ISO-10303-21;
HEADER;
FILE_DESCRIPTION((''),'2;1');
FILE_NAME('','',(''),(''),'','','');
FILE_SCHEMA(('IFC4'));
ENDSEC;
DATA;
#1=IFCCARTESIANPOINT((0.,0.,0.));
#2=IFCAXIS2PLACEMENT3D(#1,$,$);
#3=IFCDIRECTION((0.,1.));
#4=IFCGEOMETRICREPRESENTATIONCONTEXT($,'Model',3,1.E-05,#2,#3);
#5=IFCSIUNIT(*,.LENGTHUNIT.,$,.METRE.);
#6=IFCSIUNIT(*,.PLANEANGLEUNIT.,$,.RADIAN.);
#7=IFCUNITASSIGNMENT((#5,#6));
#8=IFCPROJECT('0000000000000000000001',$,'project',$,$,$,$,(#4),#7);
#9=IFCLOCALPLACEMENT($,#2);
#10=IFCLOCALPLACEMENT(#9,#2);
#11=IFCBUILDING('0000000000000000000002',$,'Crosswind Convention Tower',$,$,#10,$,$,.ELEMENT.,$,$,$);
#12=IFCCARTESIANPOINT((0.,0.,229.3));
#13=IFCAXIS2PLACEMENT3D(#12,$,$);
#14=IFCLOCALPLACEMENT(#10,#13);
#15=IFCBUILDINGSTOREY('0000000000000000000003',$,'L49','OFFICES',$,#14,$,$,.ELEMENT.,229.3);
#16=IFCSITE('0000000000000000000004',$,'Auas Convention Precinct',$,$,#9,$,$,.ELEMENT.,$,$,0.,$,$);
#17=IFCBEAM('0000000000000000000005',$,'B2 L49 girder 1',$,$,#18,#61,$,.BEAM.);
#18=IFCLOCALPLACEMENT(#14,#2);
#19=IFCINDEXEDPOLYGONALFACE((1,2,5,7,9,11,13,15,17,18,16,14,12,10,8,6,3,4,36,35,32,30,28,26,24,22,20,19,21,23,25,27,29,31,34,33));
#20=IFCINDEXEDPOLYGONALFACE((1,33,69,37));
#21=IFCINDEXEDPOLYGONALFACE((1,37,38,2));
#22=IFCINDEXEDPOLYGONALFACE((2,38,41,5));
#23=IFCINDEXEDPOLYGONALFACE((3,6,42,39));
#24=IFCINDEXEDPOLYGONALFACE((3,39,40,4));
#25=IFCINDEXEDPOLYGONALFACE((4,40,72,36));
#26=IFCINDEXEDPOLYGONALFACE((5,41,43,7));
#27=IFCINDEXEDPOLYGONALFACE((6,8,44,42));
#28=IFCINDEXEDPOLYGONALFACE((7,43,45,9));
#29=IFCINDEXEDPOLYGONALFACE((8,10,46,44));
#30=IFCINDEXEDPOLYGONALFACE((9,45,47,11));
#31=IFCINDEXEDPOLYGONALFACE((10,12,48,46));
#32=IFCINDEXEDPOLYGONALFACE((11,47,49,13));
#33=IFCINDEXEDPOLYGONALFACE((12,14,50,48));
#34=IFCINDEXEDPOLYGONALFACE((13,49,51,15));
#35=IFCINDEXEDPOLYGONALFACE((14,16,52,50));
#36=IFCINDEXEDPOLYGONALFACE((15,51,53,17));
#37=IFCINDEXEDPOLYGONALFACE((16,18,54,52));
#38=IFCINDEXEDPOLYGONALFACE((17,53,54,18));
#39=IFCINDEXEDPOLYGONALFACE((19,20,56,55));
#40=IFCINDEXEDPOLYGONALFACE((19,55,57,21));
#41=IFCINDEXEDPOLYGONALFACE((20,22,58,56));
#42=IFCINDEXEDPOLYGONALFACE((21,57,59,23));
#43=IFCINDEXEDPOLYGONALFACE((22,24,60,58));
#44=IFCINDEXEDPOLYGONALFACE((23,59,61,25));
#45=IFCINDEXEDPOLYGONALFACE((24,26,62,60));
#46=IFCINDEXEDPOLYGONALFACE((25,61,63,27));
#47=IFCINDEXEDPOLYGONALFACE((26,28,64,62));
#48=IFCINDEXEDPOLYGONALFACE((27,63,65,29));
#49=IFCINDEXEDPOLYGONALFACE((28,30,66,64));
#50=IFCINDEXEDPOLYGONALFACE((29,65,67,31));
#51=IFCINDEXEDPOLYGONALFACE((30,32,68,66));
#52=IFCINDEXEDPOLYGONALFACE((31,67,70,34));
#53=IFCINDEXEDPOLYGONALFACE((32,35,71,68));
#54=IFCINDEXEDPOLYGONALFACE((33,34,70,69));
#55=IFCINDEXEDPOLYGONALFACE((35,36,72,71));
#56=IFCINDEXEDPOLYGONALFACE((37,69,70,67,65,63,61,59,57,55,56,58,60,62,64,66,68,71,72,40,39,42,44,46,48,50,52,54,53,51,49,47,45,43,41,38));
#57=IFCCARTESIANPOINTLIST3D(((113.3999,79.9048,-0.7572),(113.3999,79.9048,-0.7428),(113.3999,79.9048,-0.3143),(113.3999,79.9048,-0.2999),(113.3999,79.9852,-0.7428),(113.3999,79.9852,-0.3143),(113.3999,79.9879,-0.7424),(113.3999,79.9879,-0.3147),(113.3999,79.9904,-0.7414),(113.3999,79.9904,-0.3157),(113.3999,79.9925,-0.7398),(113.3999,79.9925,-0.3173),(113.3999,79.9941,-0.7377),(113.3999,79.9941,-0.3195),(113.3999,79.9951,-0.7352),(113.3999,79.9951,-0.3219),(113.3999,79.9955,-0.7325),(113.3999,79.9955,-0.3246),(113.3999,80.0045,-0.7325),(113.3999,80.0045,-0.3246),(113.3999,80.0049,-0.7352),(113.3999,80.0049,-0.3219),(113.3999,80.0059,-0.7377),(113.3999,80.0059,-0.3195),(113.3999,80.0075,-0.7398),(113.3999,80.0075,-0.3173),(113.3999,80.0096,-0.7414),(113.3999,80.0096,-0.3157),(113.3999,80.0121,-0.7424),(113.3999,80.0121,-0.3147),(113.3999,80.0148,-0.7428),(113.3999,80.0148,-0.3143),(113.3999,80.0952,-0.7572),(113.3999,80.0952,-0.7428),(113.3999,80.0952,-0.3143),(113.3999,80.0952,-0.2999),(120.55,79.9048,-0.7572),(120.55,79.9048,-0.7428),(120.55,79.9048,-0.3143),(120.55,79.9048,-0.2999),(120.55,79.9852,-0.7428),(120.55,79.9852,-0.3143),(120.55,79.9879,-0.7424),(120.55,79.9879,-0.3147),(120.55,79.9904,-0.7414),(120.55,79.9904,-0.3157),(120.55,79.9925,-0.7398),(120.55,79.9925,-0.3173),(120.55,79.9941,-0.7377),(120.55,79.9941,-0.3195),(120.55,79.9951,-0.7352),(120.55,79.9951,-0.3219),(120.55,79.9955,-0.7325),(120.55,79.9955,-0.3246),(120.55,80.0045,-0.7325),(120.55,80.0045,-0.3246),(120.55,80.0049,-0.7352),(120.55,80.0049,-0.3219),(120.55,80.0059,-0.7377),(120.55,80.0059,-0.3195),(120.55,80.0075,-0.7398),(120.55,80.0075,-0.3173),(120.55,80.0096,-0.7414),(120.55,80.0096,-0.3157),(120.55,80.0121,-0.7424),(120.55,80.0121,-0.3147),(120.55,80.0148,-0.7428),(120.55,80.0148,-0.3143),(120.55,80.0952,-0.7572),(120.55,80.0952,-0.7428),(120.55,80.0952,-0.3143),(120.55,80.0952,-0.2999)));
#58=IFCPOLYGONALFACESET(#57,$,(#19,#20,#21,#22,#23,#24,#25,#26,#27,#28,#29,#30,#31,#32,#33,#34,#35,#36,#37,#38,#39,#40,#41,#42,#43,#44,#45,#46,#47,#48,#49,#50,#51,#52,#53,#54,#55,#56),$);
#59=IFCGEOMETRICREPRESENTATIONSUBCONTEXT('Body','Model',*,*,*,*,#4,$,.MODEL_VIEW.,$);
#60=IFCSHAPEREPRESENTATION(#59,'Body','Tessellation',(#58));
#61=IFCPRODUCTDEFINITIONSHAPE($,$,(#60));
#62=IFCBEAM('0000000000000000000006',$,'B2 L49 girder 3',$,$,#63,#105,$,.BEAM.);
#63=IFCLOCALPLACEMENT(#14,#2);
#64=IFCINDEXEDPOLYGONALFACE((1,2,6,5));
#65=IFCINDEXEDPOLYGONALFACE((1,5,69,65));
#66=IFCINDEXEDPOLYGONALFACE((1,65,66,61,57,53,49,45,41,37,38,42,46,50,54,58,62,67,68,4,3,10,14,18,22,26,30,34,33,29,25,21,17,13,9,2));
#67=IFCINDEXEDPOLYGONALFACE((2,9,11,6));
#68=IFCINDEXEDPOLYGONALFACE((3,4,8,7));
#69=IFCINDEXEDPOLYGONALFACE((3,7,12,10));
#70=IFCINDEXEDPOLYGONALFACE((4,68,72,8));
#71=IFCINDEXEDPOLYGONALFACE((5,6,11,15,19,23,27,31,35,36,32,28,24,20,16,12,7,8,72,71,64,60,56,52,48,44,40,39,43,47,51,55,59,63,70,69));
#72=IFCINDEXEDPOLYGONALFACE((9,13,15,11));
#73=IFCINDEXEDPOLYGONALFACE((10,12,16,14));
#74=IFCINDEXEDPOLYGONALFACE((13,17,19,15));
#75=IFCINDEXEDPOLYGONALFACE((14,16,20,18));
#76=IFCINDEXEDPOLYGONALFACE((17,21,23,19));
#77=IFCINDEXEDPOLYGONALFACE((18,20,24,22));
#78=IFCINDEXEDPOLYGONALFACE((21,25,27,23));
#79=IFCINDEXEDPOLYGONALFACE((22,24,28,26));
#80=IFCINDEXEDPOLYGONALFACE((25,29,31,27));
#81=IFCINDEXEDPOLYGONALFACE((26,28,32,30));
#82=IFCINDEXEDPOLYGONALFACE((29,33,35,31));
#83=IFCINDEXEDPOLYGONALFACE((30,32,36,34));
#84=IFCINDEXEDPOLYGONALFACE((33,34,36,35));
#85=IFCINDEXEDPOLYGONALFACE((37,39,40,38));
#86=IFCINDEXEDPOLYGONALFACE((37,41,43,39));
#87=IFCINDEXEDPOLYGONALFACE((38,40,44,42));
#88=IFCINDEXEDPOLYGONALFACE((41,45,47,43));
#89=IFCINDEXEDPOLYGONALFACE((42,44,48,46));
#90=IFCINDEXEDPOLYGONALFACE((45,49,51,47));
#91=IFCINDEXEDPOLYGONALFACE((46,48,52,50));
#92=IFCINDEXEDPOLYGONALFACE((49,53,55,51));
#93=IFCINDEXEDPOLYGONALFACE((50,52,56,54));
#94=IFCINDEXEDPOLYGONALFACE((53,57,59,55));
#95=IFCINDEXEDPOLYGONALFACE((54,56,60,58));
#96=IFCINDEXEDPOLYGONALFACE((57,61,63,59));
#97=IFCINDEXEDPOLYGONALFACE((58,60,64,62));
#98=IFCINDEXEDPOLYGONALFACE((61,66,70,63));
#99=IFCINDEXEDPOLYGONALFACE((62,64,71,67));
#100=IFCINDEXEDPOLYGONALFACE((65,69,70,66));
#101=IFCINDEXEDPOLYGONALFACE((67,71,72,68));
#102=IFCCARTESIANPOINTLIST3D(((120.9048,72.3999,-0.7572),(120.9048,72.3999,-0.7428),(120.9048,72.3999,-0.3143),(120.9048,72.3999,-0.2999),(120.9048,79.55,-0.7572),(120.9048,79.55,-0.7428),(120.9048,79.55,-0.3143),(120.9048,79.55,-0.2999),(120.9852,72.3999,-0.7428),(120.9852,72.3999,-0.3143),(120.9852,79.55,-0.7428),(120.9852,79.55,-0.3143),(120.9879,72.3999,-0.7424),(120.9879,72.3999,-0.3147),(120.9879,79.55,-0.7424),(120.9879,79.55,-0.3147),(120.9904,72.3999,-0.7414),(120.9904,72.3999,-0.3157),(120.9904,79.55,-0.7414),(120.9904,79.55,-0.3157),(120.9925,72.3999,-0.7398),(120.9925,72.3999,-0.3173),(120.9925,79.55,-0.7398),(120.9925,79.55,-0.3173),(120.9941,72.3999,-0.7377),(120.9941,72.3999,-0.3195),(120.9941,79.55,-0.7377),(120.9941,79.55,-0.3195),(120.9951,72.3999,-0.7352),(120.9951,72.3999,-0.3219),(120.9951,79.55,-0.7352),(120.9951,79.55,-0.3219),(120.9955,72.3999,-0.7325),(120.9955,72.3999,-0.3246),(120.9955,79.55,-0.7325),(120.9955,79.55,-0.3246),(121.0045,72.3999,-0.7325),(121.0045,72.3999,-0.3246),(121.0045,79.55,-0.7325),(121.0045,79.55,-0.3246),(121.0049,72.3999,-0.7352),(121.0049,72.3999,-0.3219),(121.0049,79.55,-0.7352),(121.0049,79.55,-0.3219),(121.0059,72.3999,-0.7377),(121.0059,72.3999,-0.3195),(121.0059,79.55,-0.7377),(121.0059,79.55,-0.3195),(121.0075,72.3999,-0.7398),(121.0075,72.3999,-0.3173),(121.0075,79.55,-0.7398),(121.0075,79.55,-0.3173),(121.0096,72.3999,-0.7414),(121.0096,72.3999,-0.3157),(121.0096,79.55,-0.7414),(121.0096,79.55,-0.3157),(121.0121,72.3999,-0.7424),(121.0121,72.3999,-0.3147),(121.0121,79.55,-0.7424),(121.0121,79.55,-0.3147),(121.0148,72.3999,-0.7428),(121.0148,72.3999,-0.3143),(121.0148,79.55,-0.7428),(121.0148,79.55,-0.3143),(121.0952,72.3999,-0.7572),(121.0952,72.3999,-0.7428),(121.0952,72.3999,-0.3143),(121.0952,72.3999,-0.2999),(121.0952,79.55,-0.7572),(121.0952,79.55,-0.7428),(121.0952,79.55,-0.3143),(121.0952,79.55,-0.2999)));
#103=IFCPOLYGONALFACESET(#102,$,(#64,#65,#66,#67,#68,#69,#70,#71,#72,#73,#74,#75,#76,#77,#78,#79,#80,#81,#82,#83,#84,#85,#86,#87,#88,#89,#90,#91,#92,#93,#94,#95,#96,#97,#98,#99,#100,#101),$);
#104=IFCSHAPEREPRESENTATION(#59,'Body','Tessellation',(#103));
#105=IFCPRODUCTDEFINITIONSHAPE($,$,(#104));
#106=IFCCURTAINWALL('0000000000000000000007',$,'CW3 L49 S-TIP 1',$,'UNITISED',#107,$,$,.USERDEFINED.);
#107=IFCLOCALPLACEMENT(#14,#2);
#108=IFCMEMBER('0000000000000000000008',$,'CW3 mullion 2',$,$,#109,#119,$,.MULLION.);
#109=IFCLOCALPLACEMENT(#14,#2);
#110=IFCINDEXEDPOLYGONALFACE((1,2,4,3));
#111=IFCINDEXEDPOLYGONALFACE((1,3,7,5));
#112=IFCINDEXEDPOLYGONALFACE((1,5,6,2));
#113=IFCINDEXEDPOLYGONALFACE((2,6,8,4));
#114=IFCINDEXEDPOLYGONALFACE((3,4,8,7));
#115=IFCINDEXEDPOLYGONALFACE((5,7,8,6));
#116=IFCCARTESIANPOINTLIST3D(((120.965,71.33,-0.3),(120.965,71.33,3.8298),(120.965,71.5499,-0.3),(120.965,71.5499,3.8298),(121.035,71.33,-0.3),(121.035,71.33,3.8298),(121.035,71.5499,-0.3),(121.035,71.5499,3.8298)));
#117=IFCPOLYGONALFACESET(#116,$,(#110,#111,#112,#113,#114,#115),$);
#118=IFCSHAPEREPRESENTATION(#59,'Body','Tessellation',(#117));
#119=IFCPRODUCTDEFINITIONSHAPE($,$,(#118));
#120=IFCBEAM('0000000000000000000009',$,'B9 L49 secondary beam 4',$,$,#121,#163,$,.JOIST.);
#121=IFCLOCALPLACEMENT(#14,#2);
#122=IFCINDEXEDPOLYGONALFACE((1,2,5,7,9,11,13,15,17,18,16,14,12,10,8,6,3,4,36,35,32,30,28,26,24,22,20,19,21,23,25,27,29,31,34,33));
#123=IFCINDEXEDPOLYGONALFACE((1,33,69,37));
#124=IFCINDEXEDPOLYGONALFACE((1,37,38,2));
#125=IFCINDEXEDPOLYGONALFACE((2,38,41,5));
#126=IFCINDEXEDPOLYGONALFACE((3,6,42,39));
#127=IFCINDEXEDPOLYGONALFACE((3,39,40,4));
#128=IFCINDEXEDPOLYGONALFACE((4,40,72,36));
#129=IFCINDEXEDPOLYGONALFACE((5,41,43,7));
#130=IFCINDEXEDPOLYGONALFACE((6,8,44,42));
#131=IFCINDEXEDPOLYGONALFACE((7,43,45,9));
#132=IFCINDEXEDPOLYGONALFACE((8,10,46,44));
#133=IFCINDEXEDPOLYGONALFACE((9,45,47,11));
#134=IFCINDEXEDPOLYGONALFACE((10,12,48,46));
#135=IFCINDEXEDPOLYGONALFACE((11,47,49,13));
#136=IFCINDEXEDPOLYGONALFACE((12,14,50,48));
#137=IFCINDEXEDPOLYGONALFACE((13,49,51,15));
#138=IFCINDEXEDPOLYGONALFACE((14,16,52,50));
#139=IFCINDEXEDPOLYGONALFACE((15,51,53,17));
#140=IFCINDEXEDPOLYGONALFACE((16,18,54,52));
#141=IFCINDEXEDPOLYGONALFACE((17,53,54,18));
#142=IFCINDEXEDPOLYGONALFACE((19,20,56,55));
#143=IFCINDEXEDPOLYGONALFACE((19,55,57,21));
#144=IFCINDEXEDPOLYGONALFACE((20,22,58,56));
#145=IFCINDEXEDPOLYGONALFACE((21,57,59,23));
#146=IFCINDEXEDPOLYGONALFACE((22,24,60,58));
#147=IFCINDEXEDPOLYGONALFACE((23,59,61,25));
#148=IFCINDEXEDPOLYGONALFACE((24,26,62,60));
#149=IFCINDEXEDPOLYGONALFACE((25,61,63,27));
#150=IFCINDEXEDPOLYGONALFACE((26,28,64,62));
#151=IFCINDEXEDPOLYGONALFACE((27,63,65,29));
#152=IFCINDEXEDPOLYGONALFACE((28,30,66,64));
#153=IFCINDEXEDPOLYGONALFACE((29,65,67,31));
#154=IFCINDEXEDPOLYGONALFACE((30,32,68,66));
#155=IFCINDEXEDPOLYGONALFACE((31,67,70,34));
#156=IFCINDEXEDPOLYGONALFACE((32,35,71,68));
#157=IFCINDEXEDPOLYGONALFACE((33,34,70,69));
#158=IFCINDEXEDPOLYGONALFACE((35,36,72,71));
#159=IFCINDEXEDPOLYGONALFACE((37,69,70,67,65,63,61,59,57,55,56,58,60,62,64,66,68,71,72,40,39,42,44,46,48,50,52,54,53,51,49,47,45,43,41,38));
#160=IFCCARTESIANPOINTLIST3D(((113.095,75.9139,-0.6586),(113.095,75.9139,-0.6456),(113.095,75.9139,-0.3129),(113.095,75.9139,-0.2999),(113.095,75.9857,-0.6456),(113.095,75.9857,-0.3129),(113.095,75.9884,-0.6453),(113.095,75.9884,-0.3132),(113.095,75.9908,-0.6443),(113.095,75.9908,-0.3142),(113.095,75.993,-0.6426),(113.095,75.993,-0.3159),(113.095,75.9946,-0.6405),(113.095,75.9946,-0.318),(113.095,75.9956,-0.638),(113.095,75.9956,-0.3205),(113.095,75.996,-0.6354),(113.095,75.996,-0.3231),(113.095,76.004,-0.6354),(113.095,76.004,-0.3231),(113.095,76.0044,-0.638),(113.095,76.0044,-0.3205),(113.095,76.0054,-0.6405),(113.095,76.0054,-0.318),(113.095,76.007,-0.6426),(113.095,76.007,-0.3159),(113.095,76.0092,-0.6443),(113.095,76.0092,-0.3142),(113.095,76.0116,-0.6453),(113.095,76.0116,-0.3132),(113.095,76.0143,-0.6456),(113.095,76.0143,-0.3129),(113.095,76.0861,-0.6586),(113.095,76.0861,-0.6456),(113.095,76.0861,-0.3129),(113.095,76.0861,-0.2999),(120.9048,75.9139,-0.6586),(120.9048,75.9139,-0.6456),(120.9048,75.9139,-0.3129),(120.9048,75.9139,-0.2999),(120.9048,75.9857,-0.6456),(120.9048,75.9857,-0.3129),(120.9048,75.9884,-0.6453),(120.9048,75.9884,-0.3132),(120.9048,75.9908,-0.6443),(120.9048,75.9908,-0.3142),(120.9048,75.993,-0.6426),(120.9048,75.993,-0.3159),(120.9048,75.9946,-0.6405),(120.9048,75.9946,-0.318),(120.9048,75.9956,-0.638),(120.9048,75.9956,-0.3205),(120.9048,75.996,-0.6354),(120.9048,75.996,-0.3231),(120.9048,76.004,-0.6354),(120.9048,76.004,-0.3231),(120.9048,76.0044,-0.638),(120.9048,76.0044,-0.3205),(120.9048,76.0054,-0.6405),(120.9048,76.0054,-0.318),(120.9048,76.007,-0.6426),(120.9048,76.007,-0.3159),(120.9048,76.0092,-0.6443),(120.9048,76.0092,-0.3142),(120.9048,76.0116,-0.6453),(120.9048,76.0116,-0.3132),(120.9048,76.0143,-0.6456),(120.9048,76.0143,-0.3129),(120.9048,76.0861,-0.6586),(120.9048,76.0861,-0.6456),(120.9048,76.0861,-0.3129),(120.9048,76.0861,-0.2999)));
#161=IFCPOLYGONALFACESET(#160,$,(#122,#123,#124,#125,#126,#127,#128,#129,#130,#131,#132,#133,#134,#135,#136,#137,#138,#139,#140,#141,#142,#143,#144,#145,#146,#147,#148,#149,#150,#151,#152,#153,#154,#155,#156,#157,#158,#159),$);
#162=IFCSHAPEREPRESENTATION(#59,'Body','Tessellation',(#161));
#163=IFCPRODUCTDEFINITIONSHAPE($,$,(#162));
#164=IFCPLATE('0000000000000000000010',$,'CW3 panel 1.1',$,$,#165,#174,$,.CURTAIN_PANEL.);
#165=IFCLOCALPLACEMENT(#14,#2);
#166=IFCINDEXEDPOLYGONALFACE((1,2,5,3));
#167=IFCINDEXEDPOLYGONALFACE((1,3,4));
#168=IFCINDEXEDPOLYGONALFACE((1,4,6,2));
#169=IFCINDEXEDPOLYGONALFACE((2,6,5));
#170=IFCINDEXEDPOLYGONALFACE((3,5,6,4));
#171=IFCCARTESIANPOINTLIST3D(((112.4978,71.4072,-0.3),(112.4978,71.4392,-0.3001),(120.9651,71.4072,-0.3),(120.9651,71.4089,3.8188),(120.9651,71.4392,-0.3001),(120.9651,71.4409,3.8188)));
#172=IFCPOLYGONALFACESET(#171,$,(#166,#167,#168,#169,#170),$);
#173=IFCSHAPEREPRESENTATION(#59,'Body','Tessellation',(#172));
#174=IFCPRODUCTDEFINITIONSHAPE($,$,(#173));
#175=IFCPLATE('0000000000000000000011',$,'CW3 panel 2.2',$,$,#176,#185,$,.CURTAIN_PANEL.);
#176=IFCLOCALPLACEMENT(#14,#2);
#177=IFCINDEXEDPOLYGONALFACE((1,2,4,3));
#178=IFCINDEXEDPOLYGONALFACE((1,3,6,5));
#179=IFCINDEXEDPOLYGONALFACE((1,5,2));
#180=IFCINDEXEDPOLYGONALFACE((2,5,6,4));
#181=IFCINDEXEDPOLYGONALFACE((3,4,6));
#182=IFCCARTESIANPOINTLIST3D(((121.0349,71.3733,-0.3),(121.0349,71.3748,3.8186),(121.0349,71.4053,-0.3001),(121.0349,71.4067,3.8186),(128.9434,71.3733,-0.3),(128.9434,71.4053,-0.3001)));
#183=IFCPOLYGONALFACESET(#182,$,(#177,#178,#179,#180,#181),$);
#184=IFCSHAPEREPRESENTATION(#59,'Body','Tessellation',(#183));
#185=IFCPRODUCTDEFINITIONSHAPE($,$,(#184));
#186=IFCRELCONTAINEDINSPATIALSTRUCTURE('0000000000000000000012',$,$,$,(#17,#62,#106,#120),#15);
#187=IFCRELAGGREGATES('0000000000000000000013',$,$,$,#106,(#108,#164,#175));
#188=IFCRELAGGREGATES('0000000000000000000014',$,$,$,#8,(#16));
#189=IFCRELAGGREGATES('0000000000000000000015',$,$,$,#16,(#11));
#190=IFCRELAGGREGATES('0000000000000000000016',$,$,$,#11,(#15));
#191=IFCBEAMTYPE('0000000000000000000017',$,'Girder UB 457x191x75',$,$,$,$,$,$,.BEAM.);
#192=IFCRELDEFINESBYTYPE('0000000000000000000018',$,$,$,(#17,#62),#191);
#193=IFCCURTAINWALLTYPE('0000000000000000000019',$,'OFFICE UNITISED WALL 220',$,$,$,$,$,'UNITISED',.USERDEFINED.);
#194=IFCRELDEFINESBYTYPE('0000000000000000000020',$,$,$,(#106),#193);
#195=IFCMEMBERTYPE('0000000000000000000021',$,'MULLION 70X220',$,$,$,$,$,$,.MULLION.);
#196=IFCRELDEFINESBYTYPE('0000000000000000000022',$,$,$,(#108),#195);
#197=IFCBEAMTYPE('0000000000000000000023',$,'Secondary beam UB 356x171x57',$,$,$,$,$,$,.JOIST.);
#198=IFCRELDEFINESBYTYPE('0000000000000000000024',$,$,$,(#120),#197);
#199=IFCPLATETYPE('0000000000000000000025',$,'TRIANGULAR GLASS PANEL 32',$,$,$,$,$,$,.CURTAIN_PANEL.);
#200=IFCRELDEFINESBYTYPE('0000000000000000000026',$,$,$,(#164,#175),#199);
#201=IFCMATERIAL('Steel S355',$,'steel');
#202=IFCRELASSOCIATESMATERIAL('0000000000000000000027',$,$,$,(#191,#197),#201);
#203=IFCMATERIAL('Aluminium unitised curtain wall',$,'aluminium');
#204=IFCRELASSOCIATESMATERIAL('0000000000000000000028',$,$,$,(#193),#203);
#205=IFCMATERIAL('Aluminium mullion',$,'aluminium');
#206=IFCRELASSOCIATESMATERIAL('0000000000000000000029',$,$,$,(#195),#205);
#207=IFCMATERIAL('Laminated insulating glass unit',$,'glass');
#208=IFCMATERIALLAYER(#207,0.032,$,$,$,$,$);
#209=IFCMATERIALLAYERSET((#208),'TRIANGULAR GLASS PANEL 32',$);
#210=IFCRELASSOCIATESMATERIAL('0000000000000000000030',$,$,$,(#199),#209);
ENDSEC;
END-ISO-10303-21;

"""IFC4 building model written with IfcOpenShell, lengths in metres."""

from ifc_helpers import new_model, si_unit, direction, frame, origin, origin_2d, place, context, subcontext, project, spatial, polyline, rectangle, i_section, outline, extrude, material, layer, layer_set, material_profile, profile_set, type_object, element, aggregate, save


model = new_model("IFC4")

# Units and contexts
model_context = context("Model", 3, precision=1e-05, world=origin(), true_north=direction((0.0, 1.0)))
body_context = subcontext(model_context, "Body", "Model", "MODEL_VIEW")
ifc_project = project(units=[si_unit("LENGTHUNIT", "METRE"), si_unit("PLANEANGLEUNIT", "RADIAN")], contexts=[model_context])

# Site, building, storey
site_placement = place(None, origin())
site = spatial("IfcSite", under=ifc_project, at=site_placement, Name="Auas Convention Precinct", CompositionType="ELEMENT", RefElevation=0.0)
building_placement = place(site_placement, origin())
building = spatial("IfcBuilding", under=site, at=building_placement, Name="Crosswind Convention Tower", CompositionType="ELEMENT")
storey_placement = place(building_placement, frame((0.0, 0.0, 229.3)))
storey = spatial("IfcBuildingStorey", under=building, at=storey_placement, Name="L49", Description="OFFICES", CompositionType="ELEMENT", Elevation=229.3)

# Beams
ifc_material_1 = material(Name="Steel S355", Category="steel")
ifc_material_profile_1 = material_profile(ifc_material_1, i_section(OverallWidth=0.1904, OverallDepth=0.4573, WebThickness=0.009, FlangeThickness=0.0144, FilletRadius=0.0103, at=origin_2d()), Name="UB 457x191x75")
ifc_profile_set_1 = profile_set([ifc_material_profile_1], Name="Steel S355")
beam_type_1 = type_object("IfcBeamType", Name="Girder UB 457x191x75", PredefinedType="BEAM", material=ifc_profile_set_1)
for number, where, z_axis, x_axis, name in (
    (1, (113.3999, 80.0, -0.5286), (1.0, 0.0, 0.0), (0.0, 1.0, 0.0), "B2 L49 girder 1"),
    (2, (121.0, 72.3999, -0.5286), (0.0, 1.0, 0.0), (-1.0, 0.0, 0.0), "B2 L49 girder 3"),
):
    element("IfcBeam", number, at=place(storey_placement, frame(where, z_axis=z_axis, x_axis=x_axis)), inside=storey, type_object=beam_type_1, Name=name, PredefinedType="BEAM", context=body_context, shape_type="SweptSolid", body=[
        extrude(i_section(OverallWidth=0.1904, OverallDepth=0.4573, WebThickness=0.009, FlangeThickness=0.0144, FilletRadius=0.0103, at=origin_2d()), origin(), (0.0, 0.0, 1.0), 7.1501),
    ])

# Curtain wall, member
ifc_material_2 = material(Name="Aluminium unitised curtain wall", Category="aluminium")
curtain_wall_type = type_object("IfcCurtainWallType", Name="OFFICE UNITISED WALL 220", ElementType="UNITISED", PredefinedType="USERDEFINED", material=ifc_material_2)
curtain_wall_placement = place(storey_placement, origin())
curtain_wall = element("IfcCurtainWall", 3, at=curtain_wall_placement, inside=storey, type_object=curtain_wall_type, Name="CW3 L49 S-TIP 1", ObjectType="UNITISED", PredefinedType="USERDEFINED")
ifc_material_3 = material(Name="Aluminium mullion", Category="aluminium")
ifc_material_profile_2 = material_profile(ifc_material_3, rectangle(XDim=0.22, YDim=0.0701, at=origin_2d()), Name="AL 220X70")
ifc_profile_set_2 = profile_set([ifc_material_profile_2], Name="Aluminium mullion")
member_type = type_object("IfcMemberType", Name="MULLION 70X220", PredefinedType="MULLION", material=ifc_profile_set_2)
member_placement = place(storey_placement, frame((121.0, 71.4399, -0.3), z_axis=(0.0, 0.0, 1.0), x_axis=(0.0, -1.0, 0.0)))
member = element("IfcMember", 4, at=member_placement, type_object=member_type, Name="CW3 mullion 2", PredefinedType="MULLION", context=body_context, shape_type="SweptSolid", body=[
    extrude(rectangle(XDim=0.22, YDim=0.0701, at=origin_2d()), origin(), (0.0, 0.0, 1.0), 4.1299),
])

# Beam
ifc_material_profile_3 = material_profile(ifc_material_1, i_section(OverallWidth=0.1721, OverallDepth=0.3586, WebThickness=0.0081, FlangeThickness=0.0129, FilletRadius=0.0103, at=origin_2d()), Name="UB 356x171x57")
ifc_profile_set_3 = profile_set([ifc_material_profile_3], Name="Steel S355")
beam_type_2 = type_object("IfcBeamType", Name="Secondary beam UB 356x171x57", PredefinedType="JOIST", material=ifc_profile_set_3)
beam_placement = place(storey_placement, frame((113.095, 76.0, -0.4792), z_axis=(1.0, 0.0, 0.0), x_axis=(0.0, 1.0, 0.0)))
element("IfcBeam", 5, at=beam_placement, inside=storey, type_object=beam_type_2, Name="B9 L49 secondary beam 4", PredefinedType="JOIST", context=body_context, shape_type="SweptSolid", body=[
    extrude(i_section(OverallWidth=0.1721, OverallDepth=0.3586, WebThickness=0.0081, FlangeThickness=0.0129, FilletRadius=0.0103, at=origin_2d()), origin(), (0.0, 0.0, 1.0), 7.8098),
])

# Plates
ifc_material_4 = material(Name="Laminated insulating glass unit", Category="glass")
ifc_layer_1 = layer(ifc_material_4, 0.032)
ifc_layer_set_1 = layer_set([ifc_layer_1], Name="TRIANGULAR GLASS PANEL 32")
plate_type = type_object("IfcPlateType", Name="TRIANGULAR GLASS PANEL 32", PredefinedType="CURTAIN_PANEL", material=ifc_layer_set_1)
plate_1_placement = place(storey_placement, frame((120.9651, 71.4072, -0.3), z_axis=(0.0, -1.0, 0.000415), x_axis=(0.0, 0.000415, 1.0)))
plate_1 = element("IfcPlate", 6, at=plate_1_placement, type_object=plate_type, Name="CW3 panel 1.1", PredefinedType="CURTAIN_PANEL", context=body_context, shape_type="SweptSolid", body=[
    extrude(outline(polyline([(0.0, 0.0), (4.1189, 0.0), (0.0, 8.4673), (0.0, 0.0)])), origin(), (0.0, 0.0, -1.0), 0.032),
])
plate_2_placement = place(storey_placement, frame((121.0349, 71.3733, -0.3), z_axis=(0.0, -1.0, 0.000356), x_axis=(1.0, 0.0, 0.0)))
plate_2 = element("IfcPlate", 7, at=plate_2_placement, type_object=plate_type, Name="CW3 panel 2.2", PredefinedType="CURTAIN_PANEL", context=body_context, shape_type="SweptSolid", body=[
    extrude(outline(polyline([(0.0, 0.0), (7.9084, 0.0), (0.0, 4.1187), (0.0, 0.0)])), origin(), (0.0, 0.0, -1.0), 0.032),
])
aggregate(curtain_wall, [member, plate_1, plate_2])

save(model, "model.ifc")
